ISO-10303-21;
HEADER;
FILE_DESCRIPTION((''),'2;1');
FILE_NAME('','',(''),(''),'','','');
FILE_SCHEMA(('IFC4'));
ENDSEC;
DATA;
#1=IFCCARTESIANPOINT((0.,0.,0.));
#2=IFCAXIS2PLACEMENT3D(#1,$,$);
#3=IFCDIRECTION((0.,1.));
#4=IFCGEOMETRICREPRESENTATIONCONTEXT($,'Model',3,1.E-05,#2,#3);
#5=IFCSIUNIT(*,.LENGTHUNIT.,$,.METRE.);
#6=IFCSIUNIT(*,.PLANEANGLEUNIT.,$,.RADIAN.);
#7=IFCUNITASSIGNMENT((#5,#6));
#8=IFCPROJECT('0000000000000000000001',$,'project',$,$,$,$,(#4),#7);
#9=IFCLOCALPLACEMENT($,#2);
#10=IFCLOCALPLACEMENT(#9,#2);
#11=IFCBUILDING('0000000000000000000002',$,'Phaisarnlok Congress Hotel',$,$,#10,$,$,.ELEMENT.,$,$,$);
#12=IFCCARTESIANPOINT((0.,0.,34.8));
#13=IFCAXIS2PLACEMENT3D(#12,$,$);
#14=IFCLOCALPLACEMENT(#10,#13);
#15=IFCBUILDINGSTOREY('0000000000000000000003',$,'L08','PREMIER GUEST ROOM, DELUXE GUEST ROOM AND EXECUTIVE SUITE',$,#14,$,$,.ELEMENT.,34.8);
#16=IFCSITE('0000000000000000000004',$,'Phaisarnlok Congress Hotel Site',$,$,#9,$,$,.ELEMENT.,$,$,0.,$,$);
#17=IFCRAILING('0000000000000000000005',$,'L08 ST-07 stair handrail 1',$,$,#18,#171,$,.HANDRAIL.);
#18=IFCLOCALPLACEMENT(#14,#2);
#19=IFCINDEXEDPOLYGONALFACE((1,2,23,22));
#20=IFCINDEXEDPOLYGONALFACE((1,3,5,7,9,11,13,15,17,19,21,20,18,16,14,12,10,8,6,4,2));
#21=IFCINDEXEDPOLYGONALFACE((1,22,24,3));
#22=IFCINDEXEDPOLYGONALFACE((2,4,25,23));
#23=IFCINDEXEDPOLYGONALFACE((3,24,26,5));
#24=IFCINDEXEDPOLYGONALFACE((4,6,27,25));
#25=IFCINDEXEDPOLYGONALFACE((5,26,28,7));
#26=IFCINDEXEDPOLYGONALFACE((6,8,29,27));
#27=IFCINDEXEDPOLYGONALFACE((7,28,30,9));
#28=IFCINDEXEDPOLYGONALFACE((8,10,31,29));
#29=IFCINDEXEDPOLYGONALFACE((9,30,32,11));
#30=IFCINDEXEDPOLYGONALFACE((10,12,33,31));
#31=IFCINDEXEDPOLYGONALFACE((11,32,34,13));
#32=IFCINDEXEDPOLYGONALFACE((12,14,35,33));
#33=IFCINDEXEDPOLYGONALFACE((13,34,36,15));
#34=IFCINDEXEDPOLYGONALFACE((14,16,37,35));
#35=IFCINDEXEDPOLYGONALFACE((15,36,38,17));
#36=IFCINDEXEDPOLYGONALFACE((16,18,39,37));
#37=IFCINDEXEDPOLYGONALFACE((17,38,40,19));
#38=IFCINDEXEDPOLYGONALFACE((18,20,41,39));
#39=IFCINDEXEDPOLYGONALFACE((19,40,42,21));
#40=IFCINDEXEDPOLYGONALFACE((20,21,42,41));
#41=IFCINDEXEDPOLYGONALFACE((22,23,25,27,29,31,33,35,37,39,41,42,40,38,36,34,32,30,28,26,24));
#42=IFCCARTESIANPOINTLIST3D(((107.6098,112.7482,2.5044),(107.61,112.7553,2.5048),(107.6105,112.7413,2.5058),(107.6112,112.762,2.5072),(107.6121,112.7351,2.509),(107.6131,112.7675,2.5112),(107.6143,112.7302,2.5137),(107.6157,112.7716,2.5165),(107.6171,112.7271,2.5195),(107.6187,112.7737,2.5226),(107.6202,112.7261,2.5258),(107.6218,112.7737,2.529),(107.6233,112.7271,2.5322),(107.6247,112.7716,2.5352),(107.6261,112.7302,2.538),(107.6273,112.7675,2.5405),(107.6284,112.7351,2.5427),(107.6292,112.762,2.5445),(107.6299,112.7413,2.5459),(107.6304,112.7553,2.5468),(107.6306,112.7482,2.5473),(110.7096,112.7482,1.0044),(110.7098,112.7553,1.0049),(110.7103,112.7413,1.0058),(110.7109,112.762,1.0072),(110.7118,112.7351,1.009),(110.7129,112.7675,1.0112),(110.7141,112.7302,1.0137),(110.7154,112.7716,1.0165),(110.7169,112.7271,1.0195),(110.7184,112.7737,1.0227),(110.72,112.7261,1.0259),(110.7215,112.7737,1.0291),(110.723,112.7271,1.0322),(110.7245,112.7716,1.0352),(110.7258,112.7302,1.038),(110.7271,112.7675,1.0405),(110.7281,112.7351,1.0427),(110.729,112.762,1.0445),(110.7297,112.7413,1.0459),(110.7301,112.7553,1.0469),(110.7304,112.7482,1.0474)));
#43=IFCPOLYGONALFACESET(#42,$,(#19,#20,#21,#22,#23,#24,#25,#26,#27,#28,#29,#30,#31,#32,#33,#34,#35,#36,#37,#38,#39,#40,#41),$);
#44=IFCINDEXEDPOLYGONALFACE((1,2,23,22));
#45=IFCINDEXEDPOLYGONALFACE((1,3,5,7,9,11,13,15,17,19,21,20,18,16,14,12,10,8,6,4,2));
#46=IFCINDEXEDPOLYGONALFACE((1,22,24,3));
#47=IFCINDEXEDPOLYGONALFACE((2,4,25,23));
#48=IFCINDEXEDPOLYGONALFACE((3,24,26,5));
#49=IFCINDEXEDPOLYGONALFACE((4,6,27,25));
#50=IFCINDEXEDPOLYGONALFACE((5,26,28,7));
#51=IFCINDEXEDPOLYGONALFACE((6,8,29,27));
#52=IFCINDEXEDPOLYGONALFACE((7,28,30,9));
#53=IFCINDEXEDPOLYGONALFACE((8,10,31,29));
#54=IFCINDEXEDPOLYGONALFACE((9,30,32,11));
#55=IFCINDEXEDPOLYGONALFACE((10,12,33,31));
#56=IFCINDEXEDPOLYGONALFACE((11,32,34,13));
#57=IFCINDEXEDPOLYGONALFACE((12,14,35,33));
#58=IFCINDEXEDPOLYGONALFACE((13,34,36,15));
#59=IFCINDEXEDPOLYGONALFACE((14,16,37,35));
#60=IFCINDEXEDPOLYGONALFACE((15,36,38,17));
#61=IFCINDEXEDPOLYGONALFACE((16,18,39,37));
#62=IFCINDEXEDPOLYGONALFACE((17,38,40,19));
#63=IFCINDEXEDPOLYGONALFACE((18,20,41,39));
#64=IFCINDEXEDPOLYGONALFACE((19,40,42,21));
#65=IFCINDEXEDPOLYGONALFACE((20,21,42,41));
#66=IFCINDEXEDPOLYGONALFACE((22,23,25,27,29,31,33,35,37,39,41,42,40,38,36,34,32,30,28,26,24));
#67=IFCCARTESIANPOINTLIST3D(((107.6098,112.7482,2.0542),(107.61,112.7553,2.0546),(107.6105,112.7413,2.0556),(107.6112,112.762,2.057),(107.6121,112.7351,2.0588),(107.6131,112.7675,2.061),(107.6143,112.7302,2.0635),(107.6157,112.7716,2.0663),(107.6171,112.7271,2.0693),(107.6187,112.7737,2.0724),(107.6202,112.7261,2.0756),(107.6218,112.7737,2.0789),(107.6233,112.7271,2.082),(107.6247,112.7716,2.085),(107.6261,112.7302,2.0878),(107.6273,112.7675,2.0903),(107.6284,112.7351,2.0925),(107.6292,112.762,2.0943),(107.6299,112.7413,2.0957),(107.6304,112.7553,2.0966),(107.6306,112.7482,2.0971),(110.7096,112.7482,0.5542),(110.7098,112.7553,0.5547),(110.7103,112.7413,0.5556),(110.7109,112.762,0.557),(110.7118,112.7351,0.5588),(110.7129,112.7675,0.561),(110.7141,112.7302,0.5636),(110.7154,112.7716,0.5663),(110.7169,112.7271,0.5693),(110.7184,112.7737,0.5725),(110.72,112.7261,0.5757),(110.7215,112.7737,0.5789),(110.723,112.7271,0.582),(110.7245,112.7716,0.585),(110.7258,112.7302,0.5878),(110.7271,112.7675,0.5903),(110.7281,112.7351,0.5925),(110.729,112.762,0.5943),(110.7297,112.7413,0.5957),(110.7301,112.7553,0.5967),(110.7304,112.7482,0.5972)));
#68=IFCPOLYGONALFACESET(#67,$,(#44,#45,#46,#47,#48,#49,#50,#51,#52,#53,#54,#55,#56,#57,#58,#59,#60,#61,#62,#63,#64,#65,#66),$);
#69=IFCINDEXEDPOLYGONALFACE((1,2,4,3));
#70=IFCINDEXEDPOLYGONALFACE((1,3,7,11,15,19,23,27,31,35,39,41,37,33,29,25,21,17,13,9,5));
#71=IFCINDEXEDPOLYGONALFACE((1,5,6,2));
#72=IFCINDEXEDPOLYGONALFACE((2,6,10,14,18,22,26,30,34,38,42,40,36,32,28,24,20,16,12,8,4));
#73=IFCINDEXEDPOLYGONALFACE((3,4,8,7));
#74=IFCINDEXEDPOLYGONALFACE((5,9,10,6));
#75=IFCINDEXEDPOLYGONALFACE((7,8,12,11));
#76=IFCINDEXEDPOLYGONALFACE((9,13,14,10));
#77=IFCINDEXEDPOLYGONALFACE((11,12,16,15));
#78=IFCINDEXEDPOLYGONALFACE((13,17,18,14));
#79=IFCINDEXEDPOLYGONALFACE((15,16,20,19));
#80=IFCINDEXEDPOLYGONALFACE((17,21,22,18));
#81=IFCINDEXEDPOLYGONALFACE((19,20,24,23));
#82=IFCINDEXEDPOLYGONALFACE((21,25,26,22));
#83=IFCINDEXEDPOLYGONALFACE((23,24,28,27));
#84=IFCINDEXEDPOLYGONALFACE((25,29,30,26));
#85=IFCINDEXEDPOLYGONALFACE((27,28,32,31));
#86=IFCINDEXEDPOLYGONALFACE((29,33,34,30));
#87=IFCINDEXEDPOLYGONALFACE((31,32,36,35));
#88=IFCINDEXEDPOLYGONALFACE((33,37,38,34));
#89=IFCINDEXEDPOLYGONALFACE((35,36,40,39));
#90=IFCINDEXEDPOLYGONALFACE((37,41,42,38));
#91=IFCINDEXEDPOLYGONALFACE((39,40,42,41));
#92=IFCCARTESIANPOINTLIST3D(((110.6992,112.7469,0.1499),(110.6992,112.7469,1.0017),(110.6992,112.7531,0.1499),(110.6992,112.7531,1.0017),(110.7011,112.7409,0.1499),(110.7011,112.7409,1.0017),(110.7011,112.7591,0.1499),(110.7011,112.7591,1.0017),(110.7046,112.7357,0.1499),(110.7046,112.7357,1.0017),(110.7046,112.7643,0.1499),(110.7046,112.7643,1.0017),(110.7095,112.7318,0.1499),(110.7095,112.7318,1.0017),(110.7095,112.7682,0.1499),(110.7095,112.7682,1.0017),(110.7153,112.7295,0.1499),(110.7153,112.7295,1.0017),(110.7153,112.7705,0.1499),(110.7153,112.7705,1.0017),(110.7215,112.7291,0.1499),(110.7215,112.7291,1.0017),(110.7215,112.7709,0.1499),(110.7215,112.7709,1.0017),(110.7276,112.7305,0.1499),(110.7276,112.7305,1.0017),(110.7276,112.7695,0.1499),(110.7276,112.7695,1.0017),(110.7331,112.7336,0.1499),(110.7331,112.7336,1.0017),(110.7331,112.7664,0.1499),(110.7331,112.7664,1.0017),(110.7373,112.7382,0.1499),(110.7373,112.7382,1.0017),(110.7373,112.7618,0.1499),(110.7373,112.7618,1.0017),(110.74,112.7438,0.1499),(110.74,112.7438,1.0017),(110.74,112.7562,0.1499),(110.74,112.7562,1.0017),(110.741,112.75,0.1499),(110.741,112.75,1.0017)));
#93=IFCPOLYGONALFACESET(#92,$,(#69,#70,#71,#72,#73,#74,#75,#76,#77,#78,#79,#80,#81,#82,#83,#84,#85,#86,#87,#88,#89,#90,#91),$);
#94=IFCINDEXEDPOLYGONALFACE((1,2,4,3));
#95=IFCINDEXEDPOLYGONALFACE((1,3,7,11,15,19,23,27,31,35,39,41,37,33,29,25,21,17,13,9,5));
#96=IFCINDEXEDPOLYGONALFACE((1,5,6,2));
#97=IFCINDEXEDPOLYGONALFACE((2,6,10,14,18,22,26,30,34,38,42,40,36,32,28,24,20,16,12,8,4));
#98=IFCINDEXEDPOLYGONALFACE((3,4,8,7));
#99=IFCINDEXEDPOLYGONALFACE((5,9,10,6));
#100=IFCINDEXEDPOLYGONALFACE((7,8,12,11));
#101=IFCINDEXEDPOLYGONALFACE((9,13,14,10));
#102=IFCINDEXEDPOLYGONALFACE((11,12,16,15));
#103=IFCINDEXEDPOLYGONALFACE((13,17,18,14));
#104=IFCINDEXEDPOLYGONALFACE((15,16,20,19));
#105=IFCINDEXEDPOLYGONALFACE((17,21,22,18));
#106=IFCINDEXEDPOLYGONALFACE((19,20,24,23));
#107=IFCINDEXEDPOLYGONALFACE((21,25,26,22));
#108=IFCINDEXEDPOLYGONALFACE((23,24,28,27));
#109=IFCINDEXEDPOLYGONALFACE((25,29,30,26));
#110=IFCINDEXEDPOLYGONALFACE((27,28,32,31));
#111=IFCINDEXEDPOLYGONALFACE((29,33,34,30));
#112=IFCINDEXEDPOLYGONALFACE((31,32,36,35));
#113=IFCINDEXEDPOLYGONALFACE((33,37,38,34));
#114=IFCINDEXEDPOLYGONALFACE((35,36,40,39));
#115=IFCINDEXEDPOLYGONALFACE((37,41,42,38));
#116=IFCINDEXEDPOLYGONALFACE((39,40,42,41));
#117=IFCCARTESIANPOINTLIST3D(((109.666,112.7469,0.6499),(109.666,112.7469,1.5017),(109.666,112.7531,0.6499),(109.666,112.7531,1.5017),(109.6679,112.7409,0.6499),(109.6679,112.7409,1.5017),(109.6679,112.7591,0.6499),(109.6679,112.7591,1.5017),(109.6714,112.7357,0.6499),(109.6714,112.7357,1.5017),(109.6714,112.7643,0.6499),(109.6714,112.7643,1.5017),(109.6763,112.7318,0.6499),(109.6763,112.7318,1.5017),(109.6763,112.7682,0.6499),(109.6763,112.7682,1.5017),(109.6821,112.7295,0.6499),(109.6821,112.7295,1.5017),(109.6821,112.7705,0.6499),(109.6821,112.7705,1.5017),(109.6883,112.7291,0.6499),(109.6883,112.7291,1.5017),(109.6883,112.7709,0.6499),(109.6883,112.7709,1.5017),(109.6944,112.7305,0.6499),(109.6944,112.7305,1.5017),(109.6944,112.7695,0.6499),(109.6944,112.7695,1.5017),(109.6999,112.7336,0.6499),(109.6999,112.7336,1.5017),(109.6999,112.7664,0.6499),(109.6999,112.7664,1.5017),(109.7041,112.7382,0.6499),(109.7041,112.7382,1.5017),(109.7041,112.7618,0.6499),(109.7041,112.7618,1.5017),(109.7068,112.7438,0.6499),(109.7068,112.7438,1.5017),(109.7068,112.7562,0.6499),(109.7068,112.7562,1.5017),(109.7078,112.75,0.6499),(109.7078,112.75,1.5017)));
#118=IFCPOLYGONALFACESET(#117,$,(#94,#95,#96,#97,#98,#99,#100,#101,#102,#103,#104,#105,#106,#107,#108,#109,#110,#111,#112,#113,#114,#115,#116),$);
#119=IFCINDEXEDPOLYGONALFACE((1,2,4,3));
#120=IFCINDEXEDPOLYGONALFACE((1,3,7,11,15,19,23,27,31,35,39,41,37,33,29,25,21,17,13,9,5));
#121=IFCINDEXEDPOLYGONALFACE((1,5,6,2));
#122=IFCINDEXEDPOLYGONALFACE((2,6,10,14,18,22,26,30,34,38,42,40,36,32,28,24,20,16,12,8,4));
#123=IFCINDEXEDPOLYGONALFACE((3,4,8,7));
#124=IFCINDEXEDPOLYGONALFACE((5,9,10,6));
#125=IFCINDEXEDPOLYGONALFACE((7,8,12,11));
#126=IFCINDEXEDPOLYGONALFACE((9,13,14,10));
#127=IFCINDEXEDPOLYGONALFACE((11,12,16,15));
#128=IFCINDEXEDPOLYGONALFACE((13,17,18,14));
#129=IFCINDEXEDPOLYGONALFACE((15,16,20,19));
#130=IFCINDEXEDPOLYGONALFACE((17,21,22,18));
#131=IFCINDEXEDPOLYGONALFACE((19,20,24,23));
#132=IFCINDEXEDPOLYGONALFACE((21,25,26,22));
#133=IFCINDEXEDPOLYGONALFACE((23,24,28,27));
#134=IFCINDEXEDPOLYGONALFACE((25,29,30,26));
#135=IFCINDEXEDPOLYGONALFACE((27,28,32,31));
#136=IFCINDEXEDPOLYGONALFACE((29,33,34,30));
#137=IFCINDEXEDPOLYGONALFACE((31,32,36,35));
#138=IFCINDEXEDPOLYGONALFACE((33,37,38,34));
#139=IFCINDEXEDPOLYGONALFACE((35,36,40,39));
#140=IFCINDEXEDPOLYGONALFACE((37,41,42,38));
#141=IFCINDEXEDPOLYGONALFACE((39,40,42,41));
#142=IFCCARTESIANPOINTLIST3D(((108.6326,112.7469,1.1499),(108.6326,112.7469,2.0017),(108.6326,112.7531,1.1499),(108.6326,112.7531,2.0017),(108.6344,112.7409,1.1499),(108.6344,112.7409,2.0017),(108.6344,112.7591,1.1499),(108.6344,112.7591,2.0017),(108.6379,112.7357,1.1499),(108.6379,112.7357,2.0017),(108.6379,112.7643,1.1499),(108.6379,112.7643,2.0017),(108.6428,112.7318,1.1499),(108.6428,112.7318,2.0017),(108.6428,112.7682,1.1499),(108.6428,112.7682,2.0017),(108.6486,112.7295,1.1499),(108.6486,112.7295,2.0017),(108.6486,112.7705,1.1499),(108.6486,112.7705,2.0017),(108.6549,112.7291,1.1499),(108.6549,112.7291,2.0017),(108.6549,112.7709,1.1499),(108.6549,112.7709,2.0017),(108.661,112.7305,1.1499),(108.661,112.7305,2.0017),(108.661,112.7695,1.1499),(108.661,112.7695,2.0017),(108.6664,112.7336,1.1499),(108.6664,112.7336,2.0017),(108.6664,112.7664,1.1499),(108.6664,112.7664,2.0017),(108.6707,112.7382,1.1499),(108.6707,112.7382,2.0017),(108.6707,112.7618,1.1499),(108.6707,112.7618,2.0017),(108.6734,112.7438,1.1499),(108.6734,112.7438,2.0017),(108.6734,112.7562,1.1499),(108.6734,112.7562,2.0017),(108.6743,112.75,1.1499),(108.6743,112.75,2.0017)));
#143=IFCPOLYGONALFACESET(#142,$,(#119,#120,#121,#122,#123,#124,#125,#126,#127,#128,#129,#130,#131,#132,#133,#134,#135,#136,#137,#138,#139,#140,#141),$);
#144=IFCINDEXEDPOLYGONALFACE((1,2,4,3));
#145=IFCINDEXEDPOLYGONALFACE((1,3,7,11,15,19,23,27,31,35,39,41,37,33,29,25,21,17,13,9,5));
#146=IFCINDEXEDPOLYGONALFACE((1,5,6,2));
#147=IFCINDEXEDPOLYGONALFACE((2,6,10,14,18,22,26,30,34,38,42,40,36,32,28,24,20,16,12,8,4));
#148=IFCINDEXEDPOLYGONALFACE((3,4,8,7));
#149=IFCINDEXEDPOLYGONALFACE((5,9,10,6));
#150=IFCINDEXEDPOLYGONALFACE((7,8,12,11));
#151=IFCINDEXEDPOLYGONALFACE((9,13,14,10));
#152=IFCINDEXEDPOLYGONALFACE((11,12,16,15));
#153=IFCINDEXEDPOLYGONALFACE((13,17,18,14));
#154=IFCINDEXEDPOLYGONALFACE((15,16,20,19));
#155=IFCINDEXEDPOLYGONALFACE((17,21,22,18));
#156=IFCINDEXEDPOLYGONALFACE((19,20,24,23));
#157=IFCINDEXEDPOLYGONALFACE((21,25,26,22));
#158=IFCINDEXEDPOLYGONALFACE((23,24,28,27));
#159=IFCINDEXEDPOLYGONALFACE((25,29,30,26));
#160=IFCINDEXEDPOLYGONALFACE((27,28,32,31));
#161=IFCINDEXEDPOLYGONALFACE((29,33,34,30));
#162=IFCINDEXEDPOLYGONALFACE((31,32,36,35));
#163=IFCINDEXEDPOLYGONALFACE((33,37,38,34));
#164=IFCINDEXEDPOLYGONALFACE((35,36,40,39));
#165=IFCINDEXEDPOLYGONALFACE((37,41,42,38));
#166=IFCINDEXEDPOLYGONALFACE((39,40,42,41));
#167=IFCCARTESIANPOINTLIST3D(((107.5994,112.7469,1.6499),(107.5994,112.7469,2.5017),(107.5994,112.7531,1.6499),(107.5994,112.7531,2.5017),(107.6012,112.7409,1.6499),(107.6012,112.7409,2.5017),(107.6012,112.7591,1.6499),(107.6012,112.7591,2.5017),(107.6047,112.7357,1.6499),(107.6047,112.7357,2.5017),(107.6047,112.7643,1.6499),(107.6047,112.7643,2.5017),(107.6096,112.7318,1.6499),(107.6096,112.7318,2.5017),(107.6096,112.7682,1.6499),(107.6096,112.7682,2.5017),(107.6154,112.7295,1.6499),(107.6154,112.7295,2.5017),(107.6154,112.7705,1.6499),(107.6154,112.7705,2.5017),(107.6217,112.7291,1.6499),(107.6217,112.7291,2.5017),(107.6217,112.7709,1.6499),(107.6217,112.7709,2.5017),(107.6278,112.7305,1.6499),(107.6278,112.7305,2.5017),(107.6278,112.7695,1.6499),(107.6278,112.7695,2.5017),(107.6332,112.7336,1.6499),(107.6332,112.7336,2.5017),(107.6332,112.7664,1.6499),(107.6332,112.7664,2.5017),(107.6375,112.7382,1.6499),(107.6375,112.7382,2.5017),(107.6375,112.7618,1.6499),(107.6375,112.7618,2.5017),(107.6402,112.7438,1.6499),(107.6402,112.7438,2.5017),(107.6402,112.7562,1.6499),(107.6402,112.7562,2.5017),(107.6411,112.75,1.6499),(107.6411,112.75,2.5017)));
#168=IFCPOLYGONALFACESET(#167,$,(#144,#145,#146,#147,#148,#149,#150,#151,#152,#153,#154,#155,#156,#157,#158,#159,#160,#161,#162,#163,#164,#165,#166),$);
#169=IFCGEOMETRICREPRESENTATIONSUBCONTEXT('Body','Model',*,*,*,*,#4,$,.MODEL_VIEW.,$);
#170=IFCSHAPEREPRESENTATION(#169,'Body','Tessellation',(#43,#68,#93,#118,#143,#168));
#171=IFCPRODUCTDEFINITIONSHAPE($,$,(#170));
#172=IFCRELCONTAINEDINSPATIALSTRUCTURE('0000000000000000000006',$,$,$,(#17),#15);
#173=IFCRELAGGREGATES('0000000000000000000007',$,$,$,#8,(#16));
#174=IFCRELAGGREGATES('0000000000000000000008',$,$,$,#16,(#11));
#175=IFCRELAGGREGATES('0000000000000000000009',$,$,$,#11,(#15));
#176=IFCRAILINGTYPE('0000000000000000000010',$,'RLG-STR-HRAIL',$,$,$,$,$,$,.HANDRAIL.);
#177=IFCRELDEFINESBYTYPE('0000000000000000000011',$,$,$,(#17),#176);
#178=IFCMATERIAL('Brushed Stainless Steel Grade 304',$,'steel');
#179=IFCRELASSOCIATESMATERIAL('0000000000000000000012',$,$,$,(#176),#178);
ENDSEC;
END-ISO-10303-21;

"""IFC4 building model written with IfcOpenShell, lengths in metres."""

from ifc_helpers import new_model, si_unit, direction, frame, origin, origin_2d, place, context, subcontext, project, spatial, circle, extrude, material, type_object, element, save


model = new_model("IFC4")

# Units and contexts
model_context = context("Model", 3, precision=1e-05, world=origin(), true_north=direction((0.0, 1.0)))
body_context = subcontext(model_context, "Body", "Model", "MODEL_VIEW")
ifc_project = project(units=[si_unit("LENGTHUNIT", "METRE"), si_unit("PLANEANGLEUNIT", "RADIAN")], contexts=[model_context])

# Site, building, storey
site_placement = place(None, origin())
site = spatial("IfcSite", under=ifc_project, at=site_placement, Name="Phaisarnlok Congress Hotel Site", CompositionType="ELEMENT", RefElevation=0.0)
building_placement = place(site_placement, origin())
building = spatial("IfcBuilding", under=site, at=building_placement, Name="Phaisarnlok Congress Hotel", CompositionType="ELEMENT")
storey_placement = place(building_placement, frame((0.0, 0.0, 34.8)))
storey = spatial("IfcBuildingStorey", under=building, at=storey_placement, Name="L08", Description="PREMIER GUEST ROOM, DELUXE GUEST ROOM AND EXECUTIVE SUITE", CompositionType="ELEMENT", Elevation=34.8)

# Railing
ifc_material_1 = material(Name="Brushed Stainless Steel Grade 304", Category="steel")
railing_type_1 = type_object("IfcRailingType", Name="RLG-STR-HRAIL", PredefinedType="HANDRAIL", material=ifc_material_1)
railing_1_placement = place(storey_placement, frame((110.72, 112.75, 0.1499)))
element("IfcRailing", 1, at=railing_1_placement, inside=storey, type_object=railing_type_1, Name="L08 ST-07 stair handrail 1", PredefinedType="HANDRAIL", context=body_context, shape_type="SweptSolid", body=[
    extrude(circle(Radius=0.0239, at=origin_2d()), frame((0.0, 0.0, 0.876), z_axis=(-0.900151, 0.0, 0.435578), x_axis=(0.0, -1.0, 0.0)), (0.0, 0.0, 1.0), 3.4436),
    extrude(circle(Radius=0.0239, at=origin_2d()), frame((0.0, 0.0, 0.4258), z_axis=(-0.900151, 0.0, 0.435578), x_axis=(0.0, -1.0, 0.0)), (0.0, 0.0, 1.0), 3.4436),
    extrude(circle(Radius=0.021, at=origin_2d()), origin(), (0.0, 0.0, 1.0), 0.8518),
    extrude(circle(Radius=0.021, at=origin_2d()), frame((-1.0332, 0.0, 0.5)), (0.0, 0.0, 1.0), 0.8518),
    extrude(circle(Radius=0.021, at=origin_2d()), frame((-2.0667, 0.0, 1.0)), (0.0, 0.0, 1.0), 0.8518),
    extrude(circle(Radius=0.021, at=origin_2d()), frame((-3.0999, 0.0, 1.5)), (0.0, 0.0, 1.0), 0.8518),
])

save(model, "model.ifc")
